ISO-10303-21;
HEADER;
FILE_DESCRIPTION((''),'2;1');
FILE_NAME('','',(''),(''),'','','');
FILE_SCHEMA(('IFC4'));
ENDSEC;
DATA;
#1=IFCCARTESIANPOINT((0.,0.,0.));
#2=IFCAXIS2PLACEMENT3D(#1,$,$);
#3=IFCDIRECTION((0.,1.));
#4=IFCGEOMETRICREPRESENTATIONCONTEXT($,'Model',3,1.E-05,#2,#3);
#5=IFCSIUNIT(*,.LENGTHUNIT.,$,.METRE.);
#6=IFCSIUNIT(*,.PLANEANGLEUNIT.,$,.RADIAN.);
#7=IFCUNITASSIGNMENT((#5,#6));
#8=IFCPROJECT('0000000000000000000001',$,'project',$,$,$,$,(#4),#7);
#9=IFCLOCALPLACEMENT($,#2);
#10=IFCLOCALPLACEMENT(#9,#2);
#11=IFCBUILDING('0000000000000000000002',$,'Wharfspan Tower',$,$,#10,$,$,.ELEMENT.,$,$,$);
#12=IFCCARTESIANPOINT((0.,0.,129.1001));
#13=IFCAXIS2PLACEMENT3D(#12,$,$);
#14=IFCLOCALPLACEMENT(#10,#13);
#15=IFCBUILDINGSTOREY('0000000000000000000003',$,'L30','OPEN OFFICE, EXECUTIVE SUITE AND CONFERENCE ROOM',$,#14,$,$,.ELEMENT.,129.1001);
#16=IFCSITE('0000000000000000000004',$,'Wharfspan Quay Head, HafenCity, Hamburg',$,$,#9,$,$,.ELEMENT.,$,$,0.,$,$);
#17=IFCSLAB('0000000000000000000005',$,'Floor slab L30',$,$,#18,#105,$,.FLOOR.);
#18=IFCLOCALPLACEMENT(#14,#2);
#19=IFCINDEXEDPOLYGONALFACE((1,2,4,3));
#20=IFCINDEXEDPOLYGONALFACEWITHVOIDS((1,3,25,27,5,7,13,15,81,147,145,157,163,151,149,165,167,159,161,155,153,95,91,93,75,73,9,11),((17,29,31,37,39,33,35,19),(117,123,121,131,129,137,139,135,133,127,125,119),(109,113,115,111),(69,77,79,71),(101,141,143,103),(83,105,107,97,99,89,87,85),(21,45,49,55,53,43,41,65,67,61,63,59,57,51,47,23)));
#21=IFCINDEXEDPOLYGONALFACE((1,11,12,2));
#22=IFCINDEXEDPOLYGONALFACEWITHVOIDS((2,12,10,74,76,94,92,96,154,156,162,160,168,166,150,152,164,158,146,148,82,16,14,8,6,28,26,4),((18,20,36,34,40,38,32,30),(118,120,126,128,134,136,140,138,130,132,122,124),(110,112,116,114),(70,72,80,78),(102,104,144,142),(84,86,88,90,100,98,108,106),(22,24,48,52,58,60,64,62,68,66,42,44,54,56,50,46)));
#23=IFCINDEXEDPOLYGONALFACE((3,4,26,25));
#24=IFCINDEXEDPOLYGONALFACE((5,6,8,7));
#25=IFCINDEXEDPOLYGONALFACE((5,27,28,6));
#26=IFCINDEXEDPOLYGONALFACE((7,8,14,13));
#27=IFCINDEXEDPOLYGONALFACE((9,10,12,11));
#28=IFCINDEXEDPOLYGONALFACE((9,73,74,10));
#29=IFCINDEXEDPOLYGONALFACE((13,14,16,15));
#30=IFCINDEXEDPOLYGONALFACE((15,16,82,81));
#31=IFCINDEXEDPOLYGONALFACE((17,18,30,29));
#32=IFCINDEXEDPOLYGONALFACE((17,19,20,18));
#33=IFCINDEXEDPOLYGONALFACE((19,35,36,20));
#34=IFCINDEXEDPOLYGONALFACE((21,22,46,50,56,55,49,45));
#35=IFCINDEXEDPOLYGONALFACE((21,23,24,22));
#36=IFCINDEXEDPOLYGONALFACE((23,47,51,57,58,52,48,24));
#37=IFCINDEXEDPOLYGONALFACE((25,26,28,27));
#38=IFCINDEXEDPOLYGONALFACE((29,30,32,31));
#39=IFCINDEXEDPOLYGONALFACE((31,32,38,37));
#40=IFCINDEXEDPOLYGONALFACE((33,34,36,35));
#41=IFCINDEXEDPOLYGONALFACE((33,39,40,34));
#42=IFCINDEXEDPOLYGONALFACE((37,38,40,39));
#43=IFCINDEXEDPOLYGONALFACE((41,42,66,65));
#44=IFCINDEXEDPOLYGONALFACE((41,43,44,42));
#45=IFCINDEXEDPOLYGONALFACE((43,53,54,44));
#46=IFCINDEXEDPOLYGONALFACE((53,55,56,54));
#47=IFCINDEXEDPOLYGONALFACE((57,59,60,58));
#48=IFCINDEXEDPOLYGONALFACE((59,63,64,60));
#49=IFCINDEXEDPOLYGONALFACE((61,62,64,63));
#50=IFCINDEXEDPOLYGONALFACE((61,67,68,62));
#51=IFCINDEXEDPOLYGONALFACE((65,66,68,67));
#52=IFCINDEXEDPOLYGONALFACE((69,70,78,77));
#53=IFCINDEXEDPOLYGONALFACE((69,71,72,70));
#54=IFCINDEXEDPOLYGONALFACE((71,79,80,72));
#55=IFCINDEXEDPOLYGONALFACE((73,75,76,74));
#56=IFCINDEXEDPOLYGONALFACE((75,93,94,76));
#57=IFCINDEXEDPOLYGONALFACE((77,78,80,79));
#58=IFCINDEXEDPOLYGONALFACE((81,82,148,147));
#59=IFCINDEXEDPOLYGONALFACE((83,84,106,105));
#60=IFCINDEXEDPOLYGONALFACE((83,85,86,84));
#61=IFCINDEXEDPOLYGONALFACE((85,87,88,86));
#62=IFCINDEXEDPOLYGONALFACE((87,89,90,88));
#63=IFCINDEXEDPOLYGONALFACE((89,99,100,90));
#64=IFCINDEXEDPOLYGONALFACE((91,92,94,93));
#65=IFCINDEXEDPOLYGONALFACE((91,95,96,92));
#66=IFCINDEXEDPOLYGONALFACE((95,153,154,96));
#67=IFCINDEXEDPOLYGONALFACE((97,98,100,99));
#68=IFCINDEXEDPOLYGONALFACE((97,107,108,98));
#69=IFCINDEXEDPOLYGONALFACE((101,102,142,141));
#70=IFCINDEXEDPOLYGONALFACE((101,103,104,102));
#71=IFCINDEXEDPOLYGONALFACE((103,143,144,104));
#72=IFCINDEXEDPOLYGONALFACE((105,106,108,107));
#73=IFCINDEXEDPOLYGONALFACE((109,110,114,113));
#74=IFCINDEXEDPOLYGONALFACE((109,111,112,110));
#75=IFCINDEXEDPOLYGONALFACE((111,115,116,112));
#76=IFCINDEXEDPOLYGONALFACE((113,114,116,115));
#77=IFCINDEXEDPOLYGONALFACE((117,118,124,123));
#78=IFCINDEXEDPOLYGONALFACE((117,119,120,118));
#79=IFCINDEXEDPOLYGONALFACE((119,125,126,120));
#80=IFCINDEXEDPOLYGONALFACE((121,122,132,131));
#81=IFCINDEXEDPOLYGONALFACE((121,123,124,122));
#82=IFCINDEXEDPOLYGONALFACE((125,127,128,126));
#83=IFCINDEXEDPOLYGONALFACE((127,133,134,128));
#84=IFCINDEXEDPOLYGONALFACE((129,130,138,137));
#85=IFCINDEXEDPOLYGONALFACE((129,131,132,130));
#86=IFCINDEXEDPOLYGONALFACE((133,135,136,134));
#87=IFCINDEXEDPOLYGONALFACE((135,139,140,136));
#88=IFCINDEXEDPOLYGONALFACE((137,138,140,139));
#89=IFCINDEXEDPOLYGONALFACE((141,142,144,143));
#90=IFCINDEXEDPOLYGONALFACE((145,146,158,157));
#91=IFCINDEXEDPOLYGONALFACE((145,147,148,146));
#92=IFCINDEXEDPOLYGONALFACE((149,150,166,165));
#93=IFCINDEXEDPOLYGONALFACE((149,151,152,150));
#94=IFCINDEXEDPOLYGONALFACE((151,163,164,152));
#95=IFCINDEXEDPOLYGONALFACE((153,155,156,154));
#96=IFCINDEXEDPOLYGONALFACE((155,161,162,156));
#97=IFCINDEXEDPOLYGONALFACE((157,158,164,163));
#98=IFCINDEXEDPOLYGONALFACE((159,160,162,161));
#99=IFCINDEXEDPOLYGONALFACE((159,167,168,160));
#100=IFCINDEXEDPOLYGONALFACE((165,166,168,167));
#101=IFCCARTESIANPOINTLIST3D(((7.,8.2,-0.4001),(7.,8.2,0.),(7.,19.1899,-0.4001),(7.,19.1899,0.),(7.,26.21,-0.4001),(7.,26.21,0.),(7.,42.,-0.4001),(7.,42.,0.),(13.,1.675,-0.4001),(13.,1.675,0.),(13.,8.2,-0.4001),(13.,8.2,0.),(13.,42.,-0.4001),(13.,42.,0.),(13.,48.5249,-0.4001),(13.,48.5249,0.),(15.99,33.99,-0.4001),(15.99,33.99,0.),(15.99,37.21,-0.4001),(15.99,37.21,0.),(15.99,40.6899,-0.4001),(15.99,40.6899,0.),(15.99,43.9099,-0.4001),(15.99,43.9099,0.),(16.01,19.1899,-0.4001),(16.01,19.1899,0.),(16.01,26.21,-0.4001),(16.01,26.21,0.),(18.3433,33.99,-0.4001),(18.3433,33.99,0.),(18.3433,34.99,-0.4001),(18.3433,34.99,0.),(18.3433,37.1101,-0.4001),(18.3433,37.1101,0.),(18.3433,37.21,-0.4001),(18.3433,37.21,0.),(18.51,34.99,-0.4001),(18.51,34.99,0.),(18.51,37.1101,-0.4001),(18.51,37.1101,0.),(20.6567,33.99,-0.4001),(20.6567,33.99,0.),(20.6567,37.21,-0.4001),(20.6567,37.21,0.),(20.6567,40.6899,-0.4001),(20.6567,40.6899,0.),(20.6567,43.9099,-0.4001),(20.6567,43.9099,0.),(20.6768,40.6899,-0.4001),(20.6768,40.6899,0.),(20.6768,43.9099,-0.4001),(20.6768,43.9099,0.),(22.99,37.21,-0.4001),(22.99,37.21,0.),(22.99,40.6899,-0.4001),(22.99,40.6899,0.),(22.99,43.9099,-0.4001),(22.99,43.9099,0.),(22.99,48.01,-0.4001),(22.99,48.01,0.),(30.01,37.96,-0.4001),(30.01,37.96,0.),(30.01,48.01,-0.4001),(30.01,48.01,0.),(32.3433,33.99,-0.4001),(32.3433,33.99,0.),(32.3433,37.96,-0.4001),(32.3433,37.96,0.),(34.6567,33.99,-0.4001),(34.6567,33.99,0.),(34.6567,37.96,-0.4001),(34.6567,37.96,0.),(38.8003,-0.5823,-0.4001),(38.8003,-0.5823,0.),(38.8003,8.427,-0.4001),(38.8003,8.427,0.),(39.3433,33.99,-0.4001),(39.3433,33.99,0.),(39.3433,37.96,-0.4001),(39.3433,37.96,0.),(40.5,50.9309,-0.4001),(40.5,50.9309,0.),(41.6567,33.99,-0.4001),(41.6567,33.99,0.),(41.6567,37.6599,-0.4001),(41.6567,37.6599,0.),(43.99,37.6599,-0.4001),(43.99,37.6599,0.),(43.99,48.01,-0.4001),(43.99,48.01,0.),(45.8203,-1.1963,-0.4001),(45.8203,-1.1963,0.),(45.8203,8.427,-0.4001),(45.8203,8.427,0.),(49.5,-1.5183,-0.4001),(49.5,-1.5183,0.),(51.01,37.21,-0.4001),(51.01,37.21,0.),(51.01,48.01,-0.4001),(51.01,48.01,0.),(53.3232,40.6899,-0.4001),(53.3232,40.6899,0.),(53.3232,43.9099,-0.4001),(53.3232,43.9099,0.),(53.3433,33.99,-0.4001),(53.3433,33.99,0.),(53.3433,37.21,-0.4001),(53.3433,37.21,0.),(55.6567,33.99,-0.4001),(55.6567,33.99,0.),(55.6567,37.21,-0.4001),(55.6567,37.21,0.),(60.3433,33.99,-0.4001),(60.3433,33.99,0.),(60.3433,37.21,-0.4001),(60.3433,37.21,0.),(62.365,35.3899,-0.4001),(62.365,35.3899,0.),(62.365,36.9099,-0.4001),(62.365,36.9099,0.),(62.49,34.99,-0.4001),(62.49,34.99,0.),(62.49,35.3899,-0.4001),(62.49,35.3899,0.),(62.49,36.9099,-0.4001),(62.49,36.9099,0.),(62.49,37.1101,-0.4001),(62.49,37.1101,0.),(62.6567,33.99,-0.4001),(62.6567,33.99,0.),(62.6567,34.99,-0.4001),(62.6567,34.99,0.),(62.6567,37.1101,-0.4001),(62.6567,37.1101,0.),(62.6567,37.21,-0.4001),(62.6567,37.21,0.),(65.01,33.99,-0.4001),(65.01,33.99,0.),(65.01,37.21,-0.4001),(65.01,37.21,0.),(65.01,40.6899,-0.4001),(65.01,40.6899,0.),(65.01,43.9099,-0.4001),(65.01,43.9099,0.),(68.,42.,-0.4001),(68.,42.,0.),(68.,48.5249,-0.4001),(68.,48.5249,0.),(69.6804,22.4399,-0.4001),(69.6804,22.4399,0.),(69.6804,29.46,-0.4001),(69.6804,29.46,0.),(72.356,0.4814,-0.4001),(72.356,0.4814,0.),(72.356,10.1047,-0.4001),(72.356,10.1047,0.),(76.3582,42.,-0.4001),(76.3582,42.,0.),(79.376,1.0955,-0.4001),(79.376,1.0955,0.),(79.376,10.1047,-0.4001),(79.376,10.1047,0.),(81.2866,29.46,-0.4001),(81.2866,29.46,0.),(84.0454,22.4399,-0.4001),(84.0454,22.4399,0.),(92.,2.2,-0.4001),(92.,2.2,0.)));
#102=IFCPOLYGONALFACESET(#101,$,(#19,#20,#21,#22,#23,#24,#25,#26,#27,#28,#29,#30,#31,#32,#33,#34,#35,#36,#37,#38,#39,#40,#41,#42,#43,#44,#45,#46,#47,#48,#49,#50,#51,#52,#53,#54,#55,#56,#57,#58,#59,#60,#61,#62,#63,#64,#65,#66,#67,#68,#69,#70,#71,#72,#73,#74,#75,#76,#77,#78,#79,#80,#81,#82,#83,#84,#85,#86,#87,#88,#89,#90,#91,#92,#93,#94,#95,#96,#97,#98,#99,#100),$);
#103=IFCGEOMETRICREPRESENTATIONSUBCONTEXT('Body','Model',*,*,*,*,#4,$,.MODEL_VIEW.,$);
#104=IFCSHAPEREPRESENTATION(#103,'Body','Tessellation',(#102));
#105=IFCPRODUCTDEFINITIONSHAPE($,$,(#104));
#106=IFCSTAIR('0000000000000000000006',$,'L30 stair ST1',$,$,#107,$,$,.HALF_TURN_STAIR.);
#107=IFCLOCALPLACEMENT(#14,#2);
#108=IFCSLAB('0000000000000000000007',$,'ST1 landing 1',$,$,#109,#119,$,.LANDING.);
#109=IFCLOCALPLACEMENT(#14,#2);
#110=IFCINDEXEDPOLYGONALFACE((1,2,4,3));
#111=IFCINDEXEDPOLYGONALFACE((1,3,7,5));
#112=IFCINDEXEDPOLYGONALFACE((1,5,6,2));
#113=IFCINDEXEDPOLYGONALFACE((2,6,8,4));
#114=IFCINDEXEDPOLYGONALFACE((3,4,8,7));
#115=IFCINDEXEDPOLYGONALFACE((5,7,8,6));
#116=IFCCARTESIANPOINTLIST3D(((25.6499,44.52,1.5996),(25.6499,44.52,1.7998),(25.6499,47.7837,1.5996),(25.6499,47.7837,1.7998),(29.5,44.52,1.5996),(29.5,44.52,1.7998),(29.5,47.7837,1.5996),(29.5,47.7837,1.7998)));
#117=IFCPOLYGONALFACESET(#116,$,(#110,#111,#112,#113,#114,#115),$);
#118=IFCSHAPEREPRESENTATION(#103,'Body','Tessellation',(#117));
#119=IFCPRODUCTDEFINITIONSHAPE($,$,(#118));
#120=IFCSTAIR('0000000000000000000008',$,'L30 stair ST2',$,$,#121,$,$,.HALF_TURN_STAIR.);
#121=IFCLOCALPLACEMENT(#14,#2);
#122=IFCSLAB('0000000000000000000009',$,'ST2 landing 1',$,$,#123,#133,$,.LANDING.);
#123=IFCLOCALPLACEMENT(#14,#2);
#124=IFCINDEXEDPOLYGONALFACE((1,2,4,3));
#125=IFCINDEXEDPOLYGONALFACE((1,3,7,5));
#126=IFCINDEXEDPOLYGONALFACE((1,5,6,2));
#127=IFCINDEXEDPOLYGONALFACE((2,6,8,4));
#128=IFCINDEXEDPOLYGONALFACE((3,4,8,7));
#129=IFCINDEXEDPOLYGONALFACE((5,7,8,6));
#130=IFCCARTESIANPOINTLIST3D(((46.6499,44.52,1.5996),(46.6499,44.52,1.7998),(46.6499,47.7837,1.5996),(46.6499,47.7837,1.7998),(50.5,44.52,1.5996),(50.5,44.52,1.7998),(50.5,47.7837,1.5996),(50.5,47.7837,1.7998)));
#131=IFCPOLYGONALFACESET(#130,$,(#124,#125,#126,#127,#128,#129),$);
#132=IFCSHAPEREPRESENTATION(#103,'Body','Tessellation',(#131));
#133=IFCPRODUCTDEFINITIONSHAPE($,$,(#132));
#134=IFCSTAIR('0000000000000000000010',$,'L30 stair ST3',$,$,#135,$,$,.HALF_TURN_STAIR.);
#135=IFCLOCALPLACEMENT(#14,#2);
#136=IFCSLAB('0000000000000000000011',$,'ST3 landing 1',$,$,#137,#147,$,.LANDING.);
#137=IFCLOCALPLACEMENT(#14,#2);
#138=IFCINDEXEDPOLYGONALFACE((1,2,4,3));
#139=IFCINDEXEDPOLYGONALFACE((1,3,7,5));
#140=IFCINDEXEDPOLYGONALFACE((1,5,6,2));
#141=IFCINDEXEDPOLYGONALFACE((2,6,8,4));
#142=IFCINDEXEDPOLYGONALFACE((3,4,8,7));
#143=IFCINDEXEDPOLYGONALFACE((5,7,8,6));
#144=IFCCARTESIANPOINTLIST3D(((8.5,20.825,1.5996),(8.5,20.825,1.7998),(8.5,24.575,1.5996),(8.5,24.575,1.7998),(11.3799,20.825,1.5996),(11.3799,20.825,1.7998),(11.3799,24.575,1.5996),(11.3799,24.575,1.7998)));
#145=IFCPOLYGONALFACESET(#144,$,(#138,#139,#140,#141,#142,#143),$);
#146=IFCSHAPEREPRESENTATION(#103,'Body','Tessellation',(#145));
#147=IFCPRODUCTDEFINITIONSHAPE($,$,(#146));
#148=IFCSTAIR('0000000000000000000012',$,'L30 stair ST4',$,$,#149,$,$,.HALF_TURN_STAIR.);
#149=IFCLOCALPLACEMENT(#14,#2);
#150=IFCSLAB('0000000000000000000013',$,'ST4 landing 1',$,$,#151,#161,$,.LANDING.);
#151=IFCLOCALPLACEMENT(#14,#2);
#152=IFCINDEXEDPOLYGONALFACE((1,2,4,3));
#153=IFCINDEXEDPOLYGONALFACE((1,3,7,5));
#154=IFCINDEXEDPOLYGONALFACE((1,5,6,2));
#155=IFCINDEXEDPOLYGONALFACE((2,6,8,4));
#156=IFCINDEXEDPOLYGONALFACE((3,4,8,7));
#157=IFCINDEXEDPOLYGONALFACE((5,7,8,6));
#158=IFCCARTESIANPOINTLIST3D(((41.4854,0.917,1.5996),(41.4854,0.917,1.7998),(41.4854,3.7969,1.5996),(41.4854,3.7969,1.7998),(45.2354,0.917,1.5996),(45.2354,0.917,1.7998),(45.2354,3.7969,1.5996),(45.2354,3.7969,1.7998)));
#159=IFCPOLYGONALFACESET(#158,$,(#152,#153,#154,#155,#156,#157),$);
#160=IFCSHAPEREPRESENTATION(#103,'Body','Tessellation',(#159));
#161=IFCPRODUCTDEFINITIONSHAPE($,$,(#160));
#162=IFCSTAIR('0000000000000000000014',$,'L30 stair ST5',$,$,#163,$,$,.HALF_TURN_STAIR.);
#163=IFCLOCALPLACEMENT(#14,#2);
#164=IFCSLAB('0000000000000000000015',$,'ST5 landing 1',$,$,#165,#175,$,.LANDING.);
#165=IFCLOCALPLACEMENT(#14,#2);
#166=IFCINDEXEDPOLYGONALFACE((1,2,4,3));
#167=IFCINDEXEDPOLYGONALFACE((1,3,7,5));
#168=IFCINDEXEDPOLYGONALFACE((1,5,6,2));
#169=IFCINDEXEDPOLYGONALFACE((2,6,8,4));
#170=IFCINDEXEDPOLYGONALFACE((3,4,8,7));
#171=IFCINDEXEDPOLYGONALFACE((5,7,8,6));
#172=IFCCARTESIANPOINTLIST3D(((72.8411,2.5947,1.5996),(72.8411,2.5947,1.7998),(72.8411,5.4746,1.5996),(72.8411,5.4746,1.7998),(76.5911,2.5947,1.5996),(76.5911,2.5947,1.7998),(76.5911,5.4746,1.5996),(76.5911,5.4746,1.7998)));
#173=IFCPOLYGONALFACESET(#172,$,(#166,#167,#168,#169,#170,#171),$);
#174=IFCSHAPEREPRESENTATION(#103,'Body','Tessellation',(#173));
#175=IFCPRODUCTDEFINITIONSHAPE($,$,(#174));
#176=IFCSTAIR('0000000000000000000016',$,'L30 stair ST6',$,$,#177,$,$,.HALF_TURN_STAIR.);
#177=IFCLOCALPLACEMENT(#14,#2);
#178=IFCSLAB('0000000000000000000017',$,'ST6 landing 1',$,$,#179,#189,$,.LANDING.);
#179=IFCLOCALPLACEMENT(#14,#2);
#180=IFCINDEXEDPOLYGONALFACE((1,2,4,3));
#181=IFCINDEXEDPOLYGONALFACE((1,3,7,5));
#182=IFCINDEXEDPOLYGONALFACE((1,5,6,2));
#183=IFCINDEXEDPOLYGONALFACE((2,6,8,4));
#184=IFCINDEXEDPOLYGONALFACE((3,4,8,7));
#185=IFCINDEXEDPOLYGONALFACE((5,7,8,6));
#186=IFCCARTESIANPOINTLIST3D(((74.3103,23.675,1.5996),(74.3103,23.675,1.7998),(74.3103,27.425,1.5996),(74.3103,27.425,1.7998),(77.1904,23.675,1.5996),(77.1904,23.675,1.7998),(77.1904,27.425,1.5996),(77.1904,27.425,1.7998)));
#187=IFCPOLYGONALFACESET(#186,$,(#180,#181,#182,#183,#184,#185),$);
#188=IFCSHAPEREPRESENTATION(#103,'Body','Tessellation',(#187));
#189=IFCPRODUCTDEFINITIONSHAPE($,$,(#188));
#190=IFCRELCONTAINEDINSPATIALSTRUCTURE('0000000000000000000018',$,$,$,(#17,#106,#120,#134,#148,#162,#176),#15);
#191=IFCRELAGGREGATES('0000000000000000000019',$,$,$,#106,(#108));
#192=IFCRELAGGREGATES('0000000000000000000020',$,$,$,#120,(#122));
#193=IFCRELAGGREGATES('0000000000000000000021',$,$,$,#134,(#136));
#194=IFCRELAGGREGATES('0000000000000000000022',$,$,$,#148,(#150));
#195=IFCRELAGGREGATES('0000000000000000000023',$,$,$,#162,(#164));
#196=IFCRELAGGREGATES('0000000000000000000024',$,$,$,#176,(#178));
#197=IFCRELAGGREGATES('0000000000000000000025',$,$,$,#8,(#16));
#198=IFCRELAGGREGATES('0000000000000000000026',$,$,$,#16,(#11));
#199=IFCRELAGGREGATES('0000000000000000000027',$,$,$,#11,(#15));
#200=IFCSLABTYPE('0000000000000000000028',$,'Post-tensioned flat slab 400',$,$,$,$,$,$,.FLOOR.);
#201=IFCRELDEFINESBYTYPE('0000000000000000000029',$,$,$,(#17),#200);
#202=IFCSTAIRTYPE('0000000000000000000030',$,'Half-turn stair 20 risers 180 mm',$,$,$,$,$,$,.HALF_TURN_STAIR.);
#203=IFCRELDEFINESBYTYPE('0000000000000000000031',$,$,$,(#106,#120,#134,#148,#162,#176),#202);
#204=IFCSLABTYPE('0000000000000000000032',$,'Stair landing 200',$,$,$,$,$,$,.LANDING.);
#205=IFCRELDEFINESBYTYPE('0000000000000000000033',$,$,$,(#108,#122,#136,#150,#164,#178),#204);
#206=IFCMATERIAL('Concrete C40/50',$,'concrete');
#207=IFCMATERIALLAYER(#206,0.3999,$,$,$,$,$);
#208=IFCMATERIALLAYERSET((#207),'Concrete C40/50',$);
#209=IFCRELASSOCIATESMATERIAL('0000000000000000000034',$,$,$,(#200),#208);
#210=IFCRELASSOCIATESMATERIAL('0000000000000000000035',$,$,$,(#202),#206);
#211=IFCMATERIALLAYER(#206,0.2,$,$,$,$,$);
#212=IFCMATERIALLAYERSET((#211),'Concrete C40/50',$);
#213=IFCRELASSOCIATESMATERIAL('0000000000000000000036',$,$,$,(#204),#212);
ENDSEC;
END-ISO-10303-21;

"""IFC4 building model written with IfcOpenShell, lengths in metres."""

from ifc_helpers import new_model, si_unit, direction, frame, origin, place, context, subcontext, project, spatial, polyline, outline, extrude, material, layer, layer_set, type_object, element, aggregate, save


model = new_model("IFC4")

# Units and contexts
model_context = context("Model", 3, precision=1e-05, world=origin(), true_north=direction((0.0, 1.0)))
body_context = subcontext(model_context, "Body", "Model", "MODEL_VIEW")
ifc_project = project(units=[si_unit("LENGTHUNIT", "METRE"), si_unit("PLANEANGLEUNIT", "RADIAN")], contexts=[model_context])

# Site, building, storey
site_placement = place(None, origin())
site = spatial("IfcSite", under=ifc_project, at=site_placement, Name="Wharfspan Quay Head, HafenCity, Hamburg", CompositionType="ELEMENT", RefElevation=0.0)
building_placement = place(site_placement, origin())
building = spatial("IfcBuilding", under=site, at=building_placement, Name="Wharfspan Tower", CompositionType="ELEMENT")
storey_placement = place(building_placement, frame((0.0, 0.0, 129.1001)))
storey = spatial("IfcBuildingStorey", under=building, at=storey_placement, Name="L30", Description="OPEN OFFICE, EXECUTIVE SUITE AND CONFERENCE ROOM", CompositionType="ELEMENT", Elevation=129.1001)

# Slab
ifc_material_1 = material(Name="Concrete C40/50", Category="concrete")
ifc_layer_1 = layer(ifc_material_1, 0.3999)
ifc_layer_set_1 = layer_set([ifc_layer_1], Name="Concrete C40/50")
slab_type_1 = type_object("IfcSlabType", Name="Post-tensioned flat slab 400", PredefinedType="FLOOR", material=ifc_layer_set_1)
slab_1_placement = place(storey_placement, frame((0.0, 0.0, -0.4001)))
element("IfcSlab", 1, at=slab_1_placement, inside=storey, type_object=slab_type_1, Name="Floor slab L30", PredefinedType="FLOOR", context=body_context, shape_type="SweptSolid", body=[
    extrude(outline(polyline([(38.8003, -0.5823), (38.8003, 8.427), (45.8203, 8.427), (45.8203, -1.1963), (49.5, -1.5183), (72.356, 0.4814), (72.356, 10.1047), (79.376, 10.1047), (79.376, 1.0955), (92.0, 2.2), (84.0454, 22.4399), (69.6804, 22.4399), (69.6804, 29.46), (81.2866, 29.46), (76.3582, 42.0), (68.0, 42.0), (68.0, 48.5249), (40.5, 50.9309), (13.0, 48.5249), (13.0, 42.0), (7.0, 42.0), (7.0, 26.21), (16.01, 26.21), (16.01, 19.1899), (7.0, 19.1899), (7.0, 8.2), (13.0, 8.2), (13.0, 1.675), (38.8003, -0.5823)]), holes=[polyline([(62.49, 35.3899), (62.365, 35.3899), (62.365, 36.9099), (62.49, 36.9099), (62.49, 37.1101), (62.6567, 37.1101), (62.6567, 37.21), (65.01, 37.21), (65.01, 33.99), (62.6567, 33.99), (62.6567, 34.99), (62.49, 34.99), (62.49, 35.3899)]), polyline([(65.01, 43.9099), (65.01, 40.6899), (53.3232, 40.6899), (53.3232, 43.9099), (65.01, 43.9099)]), polyline([(55.6567, 33.99), (55.6567, 37.21), (60.3433, 37.21), (60.3433, 33.99), (55.6567, 33.99)]), polyline([(43.99, 37.6599), (43.99, 48.01), (51.01, 48.01), (51.01, 37.21), (53.3433, 37.21), (53.3433, 33.99), (41.6567, 33.99), (41.6567, 37.6599), (43.99, 37.6599)]), polyline([(34.6567, 33.99), (34.6567, 37.96), (39.3433, 37.96), (39.3433, 33.99), (34.6567, 33.99)]), polyline([(20.6567, 37.21), (22.99, 37.21), (22.99, 40.6899), (20.6768, 40.6899), (20.6567, 40.6899), (15.99, 40.6899), (15.99, 43.9099), (20.6567, 43.9099), (20.6768, 43.9099), (22.99, 43.9099), (22.99, 48.01), (30.01, 48.01), (30.01, 37.96), (32.3433, 37.96), (32.3433, 33.99), (20.6567, 33.99), (20.6567, 37.21)]), polyline([(18.51, 34.99), (18.3433, 34.99), (18.3433, 33.99), (15.99, 33.99), (15.99, 37.21), (18.3433, 37.21), (18.3433, 37.1101), (18.51, 37.1101), (18.51, 34.99)])]), origin(), (0.0, 0.0, 1.0), 0.4001),
])

# Stairs, slabs
stair_type = type_object("IfcStairType", Name="Half-turn stair 20 risers 180 mm", PredefinedType="HALF_TURN_STAIR", material=ifc_material_1)
stair_1_placement = place(storey_placement, origin())
stair_1 = element("IfcStair", 2, at=stair_1_placement, inside=storey, type_object=stair_type, Name="L30 stair ST1", PredefinedType="HALF_TURN_STAIR")
ifc_layer_2 = layer(ifc_material_1, 0.2)
ifc_layer_set_2 = layer_set([ifc_layer_2], Name="Concrete C40/50")
slab_type_2 = type_object("IfcSlabType", Name="Stair landing 200", PredefinedType="LANDING", material=ifc_layer_set_2)
slab_2_placement = place(storey_placement, frame((0.0, 0.0, 1.5996)))
slab_2 = element("IfcSlab", 3, at=slab_2_placement, type_object=slab_type_2, Name="ST1 landing 1", PredefinedType="LANDING", context=body_context, shape_type="SweptSolid", body=[
    extrude(outline(polyline([(25.6499, 44.52), (29.5, 44.52), (29.5, 47.7837), (25.6499, 47.7837), (25.6499, 44.52)])), origin(), (0.0, 0.0, 1.0), 0.2002),
])
aggregate(stair_1, [slab_2])
stair_2_placement = place(storey_placement, origin())
stair_2 = element("IfcStair", 4, at=stair_2_placement, inside=storey, type_object=stair_type, Name="L30 stair ST2", PredefinedType="HALF_TURN_STAIR")
slab_3_placement = place(storey_placement, frame((0.0, 0.0, 1.5996)))
slab_3 = element("IfcSlab", 5, at=slab_3_placement, type_object=slab_type_2, Name="ST2 landing 1", PredefinedType="LANDING", context=body_context, shape_type="SweptSolid", body=[
    extrude(outline(polyline([(46.6499, 44.52), (50.5, 44.52), (50.5, 47.7837), (46.6499, 47.7837), (46.6499, 44.52)])), origin(), (0.0, 0.0, 1.0), 0.2002),
])
aggregate(stair_2, [slab_3])
stair_3_placement = place(storey_placement, origin())
stair_3 = element("IfcStair", 6, at=stair_3_placement, inside=storey, type_object=stair_type, Name="L30 stair ST3", PredefinedType="HALF_TURN_STAIR")
slab_4_placement = place(storey_placement, frame((0.0, 0.0, 1.5996)))
slab_4 = element("IfcSlab", 7, at=slab_4_placement, type_object=slab_type_2, Name="ST3 landing 1", PredefinedType="LANDING", context=body_context, shape_type="SweptSolid", body=[
    extrude(outline(polyline([(11.3799, 24.575), (8.5, 24.575), (8.5, 20.825), (11.3799, 20.825), (11.3799, 24.575)])), origin(), (0.0, 0.0, 1.0), 0.2002),
])
aggregate(stair_3, [slab_4])
stair_4_placement = place(storey_placement, origin())
stair_4 = element("IfcStair", 8, at=stair_4_placement, inside=storey, type_object=stair_type, Name="L30 stair ST4", PredefinedType="HALF_TURN_STAIR")
slab_5_placement = place(storey_placement, frame((0.0, 0.0, 1.5996)))
slab_5 = element("IfcSlab", 9, at=slab_5_placement, type_object=slab_type_2, Name="ST4 landing 1", PredefinedType="LANDING", context=body_context, shape_type="SweptSolid", body=[
    extrude(outline(polyline([(41.4854, 3.7969), (41.4854, 0.917), (45.2354, 0.917), (45.2354, 3.7969), (41.4854, 3.7969)])), origin(), (0.0, 0.0, 1.0), 0.2002),
])
aggregate(stair_4, [slab_5])
stair_5_placement = place(storey_placement, origin())
stair_5 = element("IfcStair", 10, at=stair_5_placement, inside=storey, type_object=stair_type, Name="L30 stair ST5", PredefinedType="HALF_TURN_STAIR")
slab_6_placement = place(storey_placement, frame((0.0, 0.0, 1.5996)))
slab_6 = element("IfcSlab", 11, at=slab_6_placement, type_object=slab_type_2, Name="ST5 landing 1", PredefinedType="LANDING", context=body_context, shape_type="SweptSolid", body=[
    extrude(outline(polyline([(72.8411, 5.4746), (72.8411, 2.5947), (76.5911, 2.5947), (76.5911, 5.4746), (72.8411, 5.4746)])), origin(), (0.0, 0.0, 1.0), 0.2002),
])
aggregate(stair_5, [slab_6])
stair_6_placement = place(storey_placement, origin())
stair_6 = element("IfcStair", 12, at=stair_6_placement, inside=storey, type_object=stair_type, Name="L30 stair ST6", PredefinedType="HALF_TURN_STAIR")
slab_7_placement = place(storey_placement, frame((0.0, 0.0, 1.5996)))
slab_7 = element("IfcSlab", 13, at=slab_7_placement, type_object=slab_type_2, Name="ST6 landing 1", PredefinedType="LANDING", context=body_context, shape_type="SweptSolid", body=[
    extrude(outline(polyline([(74.3103, 23.675), (77.1904, 23.675), (77.1904, 27.425), (74.3103, 27.425), (74.3103, 23.675)])), origin(), (0.0, 0.0, 1.0), 0.2002),
])
aggregate(stair_6, [slab_7])

save(model, "model.ifc")
